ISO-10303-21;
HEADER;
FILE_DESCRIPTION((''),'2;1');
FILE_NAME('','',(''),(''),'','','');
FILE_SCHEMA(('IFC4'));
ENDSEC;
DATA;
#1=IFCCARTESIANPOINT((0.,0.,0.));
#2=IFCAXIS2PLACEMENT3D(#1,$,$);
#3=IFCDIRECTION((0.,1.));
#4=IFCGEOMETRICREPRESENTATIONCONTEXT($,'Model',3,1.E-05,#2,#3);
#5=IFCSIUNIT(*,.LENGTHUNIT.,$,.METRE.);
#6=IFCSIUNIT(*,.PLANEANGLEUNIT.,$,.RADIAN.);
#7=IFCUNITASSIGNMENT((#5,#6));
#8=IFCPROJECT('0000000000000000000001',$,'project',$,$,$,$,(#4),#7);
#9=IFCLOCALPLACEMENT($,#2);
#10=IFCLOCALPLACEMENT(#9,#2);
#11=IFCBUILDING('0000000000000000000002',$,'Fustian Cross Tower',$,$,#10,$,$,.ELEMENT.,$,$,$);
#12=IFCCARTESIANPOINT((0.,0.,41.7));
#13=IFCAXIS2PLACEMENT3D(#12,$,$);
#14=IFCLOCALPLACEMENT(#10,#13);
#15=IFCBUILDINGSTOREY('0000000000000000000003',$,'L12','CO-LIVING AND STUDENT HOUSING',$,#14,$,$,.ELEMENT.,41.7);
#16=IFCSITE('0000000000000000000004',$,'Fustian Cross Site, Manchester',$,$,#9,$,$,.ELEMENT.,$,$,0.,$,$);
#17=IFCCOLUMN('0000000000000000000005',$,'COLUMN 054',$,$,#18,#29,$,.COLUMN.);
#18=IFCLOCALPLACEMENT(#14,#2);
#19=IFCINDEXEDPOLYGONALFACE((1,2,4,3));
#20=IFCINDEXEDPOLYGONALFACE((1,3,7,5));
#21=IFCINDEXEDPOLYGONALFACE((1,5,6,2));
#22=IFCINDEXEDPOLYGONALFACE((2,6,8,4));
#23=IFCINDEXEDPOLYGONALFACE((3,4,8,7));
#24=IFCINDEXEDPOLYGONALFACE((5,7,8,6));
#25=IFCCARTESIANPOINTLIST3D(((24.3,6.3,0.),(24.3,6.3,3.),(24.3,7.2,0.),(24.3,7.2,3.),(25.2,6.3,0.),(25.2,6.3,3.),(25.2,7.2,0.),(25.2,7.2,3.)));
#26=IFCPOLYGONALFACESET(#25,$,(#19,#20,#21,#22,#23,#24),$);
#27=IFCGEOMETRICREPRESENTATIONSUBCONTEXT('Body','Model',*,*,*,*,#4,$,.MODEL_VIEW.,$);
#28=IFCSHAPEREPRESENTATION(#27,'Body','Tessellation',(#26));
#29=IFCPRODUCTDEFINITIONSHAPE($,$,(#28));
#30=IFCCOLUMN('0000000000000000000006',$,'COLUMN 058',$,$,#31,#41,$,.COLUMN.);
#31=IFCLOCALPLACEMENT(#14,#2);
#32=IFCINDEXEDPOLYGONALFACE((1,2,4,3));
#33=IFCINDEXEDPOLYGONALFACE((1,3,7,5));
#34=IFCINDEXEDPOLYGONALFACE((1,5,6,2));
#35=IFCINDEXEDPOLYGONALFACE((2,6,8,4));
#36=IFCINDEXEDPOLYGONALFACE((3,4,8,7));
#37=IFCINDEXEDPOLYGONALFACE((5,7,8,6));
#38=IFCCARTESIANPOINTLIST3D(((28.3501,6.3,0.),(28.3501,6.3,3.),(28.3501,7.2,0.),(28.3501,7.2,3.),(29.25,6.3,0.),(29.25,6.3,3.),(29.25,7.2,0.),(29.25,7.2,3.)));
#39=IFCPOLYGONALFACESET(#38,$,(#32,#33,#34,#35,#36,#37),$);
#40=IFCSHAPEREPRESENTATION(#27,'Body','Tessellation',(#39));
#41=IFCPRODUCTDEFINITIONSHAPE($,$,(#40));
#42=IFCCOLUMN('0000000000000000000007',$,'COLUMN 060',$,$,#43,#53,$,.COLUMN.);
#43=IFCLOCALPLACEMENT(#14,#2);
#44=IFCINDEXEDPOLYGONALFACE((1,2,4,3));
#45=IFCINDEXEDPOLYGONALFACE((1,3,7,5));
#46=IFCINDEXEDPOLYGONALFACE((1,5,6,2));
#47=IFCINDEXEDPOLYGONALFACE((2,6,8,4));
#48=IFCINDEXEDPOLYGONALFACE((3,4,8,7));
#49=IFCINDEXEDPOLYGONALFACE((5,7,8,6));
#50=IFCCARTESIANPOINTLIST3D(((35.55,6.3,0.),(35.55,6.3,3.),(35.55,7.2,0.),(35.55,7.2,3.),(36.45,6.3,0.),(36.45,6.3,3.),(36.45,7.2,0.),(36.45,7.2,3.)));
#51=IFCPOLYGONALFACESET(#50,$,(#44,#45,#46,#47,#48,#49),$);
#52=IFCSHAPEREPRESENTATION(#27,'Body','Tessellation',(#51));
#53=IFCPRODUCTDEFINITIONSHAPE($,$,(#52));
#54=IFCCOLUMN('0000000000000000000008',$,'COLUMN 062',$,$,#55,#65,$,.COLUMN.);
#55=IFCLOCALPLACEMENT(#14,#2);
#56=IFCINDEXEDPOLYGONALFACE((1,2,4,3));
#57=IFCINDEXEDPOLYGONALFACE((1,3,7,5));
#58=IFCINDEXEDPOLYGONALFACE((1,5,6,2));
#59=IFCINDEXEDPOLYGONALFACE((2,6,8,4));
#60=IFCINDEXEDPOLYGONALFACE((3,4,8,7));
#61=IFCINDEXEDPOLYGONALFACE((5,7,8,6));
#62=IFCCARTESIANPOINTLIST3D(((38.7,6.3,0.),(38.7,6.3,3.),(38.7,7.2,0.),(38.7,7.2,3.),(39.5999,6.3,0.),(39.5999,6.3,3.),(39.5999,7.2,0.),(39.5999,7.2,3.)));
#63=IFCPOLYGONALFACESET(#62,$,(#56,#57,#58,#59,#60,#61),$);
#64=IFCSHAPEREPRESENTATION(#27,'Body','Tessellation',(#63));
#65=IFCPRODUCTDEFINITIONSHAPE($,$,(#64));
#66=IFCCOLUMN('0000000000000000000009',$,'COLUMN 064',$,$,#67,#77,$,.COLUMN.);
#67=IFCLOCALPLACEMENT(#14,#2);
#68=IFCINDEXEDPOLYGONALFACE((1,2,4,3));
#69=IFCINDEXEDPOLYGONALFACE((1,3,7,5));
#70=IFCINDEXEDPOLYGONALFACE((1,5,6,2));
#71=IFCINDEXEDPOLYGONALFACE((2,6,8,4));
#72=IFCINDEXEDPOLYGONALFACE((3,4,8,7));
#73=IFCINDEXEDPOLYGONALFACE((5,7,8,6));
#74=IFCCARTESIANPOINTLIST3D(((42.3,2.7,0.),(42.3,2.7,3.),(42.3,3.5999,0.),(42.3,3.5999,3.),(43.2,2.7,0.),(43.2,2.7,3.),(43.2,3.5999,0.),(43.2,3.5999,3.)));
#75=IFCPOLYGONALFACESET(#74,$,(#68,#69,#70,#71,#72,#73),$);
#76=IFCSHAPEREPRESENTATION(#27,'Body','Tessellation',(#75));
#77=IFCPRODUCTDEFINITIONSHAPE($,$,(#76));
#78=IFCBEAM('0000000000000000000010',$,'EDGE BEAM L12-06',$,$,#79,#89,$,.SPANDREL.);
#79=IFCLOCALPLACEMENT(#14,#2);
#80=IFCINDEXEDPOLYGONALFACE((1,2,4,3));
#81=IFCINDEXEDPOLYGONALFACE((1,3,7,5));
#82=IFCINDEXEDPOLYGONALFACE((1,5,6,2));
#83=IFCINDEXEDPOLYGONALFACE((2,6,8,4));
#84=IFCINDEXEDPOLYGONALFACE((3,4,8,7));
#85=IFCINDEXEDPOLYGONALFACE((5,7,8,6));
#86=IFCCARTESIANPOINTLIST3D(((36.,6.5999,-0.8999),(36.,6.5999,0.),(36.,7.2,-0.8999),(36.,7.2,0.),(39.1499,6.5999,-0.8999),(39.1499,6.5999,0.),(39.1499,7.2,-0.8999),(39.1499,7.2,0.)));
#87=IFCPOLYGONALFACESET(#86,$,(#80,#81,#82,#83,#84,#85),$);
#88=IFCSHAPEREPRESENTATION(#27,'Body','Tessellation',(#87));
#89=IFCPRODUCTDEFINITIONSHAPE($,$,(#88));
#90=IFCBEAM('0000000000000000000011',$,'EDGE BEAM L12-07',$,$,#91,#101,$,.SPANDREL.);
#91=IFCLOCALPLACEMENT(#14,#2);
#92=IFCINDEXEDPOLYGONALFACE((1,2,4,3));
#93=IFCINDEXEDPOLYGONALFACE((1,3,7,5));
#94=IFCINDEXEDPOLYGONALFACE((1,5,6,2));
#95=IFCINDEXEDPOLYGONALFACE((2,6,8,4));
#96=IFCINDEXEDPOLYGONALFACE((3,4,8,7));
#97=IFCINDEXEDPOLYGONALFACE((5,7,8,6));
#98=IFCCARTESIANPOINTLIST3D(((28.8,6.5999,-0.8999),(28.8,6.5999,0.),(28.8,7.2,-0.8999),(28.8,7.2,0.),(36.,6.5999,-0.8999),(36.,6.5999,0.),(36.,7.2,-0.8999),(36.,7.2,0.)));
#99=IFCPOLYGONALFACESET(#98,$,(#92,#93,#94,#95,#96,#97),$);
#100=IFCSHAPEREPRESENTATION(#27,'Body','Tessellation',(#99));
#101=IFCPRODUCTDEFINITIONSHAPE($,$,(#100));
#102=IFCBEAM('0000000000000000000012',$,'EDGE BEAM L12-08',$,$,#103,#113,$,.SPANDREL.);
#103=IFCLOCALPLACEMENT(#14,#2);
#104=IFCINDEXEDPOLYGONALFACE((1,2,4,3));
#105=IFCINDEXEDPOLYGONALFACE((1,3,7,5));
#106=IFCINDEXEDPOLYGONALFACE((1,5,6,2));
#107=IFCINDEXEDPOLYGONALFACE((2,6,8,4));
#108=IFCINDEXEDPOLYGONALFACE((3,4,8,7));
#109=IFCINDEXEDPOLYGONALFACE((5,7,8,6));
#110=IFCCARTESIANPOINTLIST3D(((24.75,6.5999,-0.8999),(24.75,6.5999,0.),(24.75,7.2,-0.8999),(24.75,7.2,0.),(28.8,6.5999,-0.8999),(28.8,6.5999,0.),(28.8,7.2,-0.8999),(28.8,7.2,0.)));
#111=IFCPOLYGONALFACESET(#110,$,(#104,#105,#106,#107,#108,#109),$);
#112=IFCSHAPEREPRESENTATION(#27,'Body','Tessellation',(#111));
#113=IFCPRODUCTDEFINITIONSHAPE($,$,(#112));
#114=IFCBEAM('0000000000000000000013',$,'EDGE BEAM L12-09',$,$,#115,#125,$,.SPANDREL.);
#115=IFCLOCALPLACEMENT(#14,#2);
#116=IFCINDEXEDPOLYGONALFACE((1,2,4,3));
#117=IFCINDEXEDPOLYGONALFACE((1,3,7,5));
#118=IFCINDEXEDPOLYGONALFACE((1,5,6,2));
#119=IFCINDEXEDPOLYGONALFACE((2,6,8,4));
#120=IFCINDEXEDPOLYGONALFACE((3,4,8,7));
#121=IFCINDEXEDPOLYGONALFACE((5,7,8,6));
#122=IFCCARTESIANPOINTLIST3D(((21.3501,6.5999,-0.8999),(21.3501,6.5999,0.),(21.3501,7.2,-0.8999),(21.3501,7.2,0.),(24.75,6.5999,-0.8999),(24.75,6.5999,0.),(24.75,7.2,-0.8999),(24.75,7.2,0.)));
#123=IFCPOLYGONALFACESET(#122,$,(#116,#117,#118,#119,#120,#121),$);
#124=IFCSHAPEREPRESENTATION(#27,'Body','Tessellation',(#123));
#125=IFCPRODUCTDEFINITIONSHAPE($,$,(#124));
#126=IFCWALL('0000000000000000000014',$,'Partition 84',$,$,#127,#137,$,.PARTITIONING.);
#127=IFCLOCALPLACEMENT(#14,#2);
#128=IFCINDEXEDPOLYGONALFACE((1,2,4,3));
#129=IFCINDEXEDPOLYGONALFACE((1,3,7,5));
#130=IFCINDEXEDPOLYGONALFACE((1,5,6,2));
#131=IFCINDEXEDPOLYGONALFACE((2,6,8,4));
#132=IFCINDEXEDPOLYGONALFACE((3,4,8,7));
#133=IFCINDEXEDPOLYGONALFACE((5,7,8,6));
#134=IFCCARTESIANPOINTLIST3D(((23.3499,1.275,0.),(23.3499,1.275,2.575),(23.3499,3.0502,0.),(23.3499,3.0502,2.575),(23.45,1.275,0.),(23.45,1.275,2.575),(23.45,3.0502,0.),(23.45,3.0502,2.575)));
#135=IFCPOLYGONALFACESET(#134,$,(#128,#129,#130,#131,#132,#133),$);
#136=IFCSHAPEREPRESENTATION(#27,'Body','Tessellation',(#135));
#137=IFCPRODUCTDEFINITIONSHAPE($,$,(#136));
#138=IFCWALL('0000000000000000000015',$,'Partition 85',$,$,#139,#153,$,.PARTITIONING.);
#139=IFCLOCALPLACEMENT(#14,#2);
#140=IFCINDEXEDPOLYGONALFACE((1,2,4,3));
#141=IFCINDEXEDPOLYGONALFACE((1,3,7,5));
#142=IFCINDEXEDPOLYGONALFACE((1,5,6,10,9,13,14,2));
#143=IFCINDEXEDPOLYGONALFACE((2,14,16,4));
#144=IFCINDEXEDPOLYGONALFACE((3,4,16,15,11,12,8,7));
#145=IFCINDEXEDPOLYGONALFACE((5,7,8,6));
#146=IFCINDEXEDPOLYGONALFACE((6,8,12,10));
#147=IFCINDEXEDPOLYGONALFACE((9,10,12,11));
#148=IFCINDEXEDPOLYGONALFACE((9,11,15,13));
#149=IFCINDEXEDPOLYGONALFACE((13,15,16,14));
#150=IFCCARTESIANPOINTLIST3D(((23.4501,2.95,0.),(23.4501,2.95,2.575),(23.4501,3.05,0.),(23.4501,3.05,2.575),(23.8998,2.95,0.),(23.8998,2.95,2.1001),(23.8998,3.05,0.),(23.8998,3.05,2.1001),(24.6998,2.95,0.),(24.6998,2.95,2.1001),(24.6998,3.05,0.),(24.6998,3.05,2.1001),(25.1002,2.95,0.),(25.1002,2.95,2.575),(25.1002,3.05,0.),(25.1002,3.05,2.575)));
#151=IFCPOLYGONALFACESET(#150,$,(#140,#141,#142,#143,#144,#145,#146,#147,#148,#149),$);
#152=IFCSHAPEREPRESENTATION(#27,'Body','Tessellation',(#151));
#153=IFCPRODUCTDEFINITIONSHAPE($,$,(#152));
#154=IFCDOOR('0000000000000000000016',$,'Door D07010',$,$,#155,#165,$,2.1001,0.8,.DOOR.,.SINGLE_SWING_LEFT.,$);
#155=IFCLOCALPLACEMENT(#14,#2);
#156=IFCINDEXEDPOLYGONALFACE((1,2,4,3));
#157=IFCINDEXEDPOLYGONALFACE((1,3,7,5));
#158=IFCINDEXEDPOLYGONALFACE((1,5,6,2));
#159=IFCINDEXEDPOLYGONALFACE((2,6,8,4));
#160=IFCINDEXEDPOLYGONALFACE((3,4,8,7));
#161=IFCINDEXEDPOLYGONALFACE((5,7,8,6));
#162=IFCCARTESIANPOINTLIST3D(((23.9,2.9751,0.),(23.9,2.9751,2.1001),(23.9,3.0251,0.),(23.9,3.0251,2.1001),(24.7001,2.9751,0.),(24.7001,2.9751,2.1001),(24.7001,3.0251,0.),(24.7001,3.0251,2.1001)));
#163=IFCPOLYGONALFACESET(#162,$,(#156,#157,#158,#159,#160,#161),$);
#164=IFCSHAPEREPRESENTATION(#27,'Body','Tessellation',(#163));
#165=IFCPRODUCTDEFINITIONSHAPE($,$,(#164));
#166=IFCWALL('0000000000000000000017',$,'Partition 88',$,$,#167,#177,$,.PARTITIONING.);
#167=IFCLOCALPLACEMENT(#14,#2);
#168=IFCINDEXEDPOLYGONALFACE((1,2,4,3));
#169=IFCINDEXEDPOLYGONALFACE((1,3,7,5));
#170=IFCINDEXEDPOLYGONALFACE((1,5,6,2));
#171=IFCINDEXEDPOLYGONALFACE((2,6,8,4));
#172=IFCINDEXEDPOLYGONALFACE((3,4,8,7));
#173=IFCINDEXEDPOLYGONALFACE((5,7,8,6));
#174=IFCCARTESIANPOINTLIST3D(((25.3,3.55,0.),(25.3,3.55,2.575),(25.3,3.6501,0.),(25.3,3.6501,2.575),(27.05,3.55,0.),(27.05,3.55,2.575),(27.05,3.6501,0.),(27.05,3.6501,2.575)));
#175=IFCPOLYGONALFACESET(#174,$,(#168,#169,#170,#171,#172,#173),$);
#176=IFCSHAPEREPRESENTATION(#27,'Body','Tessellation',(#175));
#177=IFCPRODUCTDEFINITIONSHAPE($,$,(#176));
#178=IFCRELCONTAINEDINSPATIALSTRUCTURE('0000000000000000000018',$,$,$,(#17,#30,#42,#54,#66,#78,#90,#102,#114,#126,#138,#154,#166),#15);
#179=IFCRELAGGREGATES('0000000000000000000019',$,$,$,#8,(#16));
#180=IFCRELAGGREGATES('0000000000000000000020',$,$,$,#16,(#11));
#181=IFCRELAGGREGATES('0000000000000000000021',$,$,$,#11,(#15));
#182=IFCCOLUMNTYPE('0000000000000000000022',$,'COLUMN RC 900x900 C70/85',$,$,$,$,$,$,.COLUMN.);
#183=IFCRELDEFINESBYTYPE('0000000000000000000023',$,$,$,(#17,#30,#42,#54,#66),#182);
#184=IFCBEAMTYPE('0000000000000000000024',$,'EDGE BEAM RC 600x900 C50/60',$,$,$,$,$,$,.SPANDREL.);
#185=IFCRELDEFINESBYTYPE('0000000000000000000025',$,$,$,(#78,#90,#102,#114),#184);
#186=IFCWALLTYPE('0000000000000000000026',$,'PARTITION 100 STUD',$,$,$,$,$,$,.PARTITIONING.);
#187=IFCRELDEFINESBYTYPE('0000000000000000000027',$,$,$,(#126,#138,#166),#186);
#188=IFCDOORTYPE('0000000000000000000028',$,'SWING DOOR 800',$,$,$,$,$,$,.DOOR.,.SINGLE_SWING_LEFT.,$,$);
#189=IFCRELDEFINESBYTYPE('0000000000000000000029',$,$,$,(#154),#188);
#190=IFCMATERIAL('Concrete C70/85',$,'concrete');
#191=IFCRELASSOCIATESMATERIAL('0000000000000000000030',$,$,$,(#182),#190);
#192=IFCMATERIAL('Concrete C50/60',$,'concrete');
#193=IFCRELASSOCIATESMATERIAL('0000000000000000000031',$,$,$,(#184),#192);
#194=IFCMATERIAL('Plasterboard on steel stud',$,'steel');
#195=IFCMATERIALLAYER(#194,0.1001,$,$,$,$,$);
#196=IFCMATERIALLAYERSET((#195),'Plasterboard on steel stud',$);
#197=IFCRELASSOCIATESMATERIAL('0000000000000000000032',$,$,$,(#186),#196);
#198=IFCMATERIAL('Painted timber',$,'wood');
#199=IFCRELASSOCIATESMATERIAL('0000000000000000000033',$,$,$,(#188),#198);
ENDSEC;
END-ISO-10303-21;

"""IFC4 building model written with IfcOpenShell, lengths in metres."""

from ifc_helpers import new_model, si_unit, direction, frame, frame_2d, origin, origin_2d, place, context, subcontext, project, spatial, rectangle, extrude, material, layer, layer_set, material_profile, profile_set, type_object, element, fill, save


model = new_model("IFC4")

# Units and contexts
model_context = context("Model", 3, precision=1e-05, world=origin(), true_north=direction((0.0, 1.0)))
body_context = subcontext(model_context, "Body", "Model", "MODEL_VIEW")
ifc_project = project(units=[si_unit("LENGTHUNIT", "METRE"), si_unit("PLANEANGLEUNIT", "RADIAN")], contexts=[model_context])

# Site, building, storey
site_placement = place(None, origin())
site = spatial("IfcSite", under=ifc_project, at=site_placement, Name="Fustian Cross Site, Manchester", CompositionType="ELEMENT", RefElevation=0.0)
building_placement = place(site_placement, origin())
building = spatial("IfcBuilding", under=site, at=building_placement, Name="Fustian Cross Tower", CompositionType="ELEMENT")
storey_placement = place(building_placement, frame((0.0, 0.0, 41.7)))
storey = spatial("IfcBuildingStorey", under=building, at=storey_placement, Name="L12", Description="CO-LIVING AND STUDENT HOUSING", CompositionType="ELEMENT", Elevation=41.7)

# Columns
ifc_material_1 = material(Name="Concrete C70/85", Category="concrete")
ifc_material_profile_1 = material_profile(ifc_material_1, rectangle(XDim=0.8999, YDim=0.8999, at=origin_2d()), Name="RC 900x900")
ifc_profile_set_1 = profile_set([ifc_material_profile_1], Name="Concrete C70/85")
column_type = type_object("IfcColumnType", Name="COLUMN RC 900x900 C70/85", PredefinedType="COLUMN", material=ifc_profile_set_1)
for number, where, z_axis, x_axis, name in (
    (1, (24.75, 6.75, 0.0), (0.0, 0.0, 1.0), (1.0, 0.0, 0.0), "COLUMN 054"),
    (2, (28.8, 6.75, 0.0), (0.0, 0.0, 1.0), (1.0, 0.0, 0.0), "COLUMN 058"),
    (3, (36.0, 6.75, 0.0), (0.0, 0.0, 1.0), (1.0, 0.0, 0.0), "COLUMN 060"),
    (4, (39.1499, 6.75, 0.0), (0.0, 0.0, 1.0), (1.0, 0.0, 0.0), "COLUMN 062"),
    (5, (42.75, 3.1499, 0.0), (0.0, 0.0, 1.0), (1.0, 0.0, 0.0), "COLUMN 064"),
):
    element("IfcColumn", number, at=place(storey_placement, frame(where, z_axis=z_axis, x_axis=x_axis)), inside=storey, type_object=column_type, Name=name, PredefinedType="COLUMN", context=body_context, shape_type="SweptSolid", body=[
        extrude(rectangle(XDim=0.8999, YDim=0.8999, at=origin_2d()), origin(), (0.0, 0.0, 1.0), 3.0),
    ])

# Beams
ifc_material_2 = material(Name="Concrete C50/60", Category="concrete")
ifc_material_profile_2 = material_profile(ifc_material_2, rectangle(XDim=0.6001, YDim=0.8999, at=origin_2d()), Name="RC 600x900")
ifc_profile_set_2 = profile_set([ifc_material_profile_2], Name="Concrete C50/60")
beam_type = type_object("IfcBeamType", Name="EDGE BEAM RC 600x900 C50/60", PredefinedType="SPANDREL", material=ifc_profile_set_2)
beam_1_placement = place(storey_placement, frame((39.1499, 6.8999, -0.45), z_axis=(-1.0, 0.0, 0.0), x_axis=(0.0, -1.0, 0.0)))
element("IfcBeam", 6, at=beam_1_placement, inside=storey, type_object=beam_type, Name="EDGE BEAM L12-06", PredefinedType="SPANDREL", context=body_context, shape_type="SweptSolid", body=[
    extrude(rectangle(XDim=0.6001, YDim=0.8999, at=origin_2d()), origin(), (0.0, 0.0, 1.0), 3.1499),
])
beam_2_placement = place(storey_placement, frame((36.0, 6.8999, -0.45), z_axis=(-1.0, 0.0, 0.0), x_axis=(0.0, -1.0, 0.0)))
element("IfcBeam", 7, at=beam_2_placement, inside=storey, type_object=beam_type, Name="EDGE BEAM L12-07", PredefinedType="SPANDREL", context=body_context, shape_type="SweptSolid", body=[
    extrude(rectangle(XDim=0.6001, YDim=0.8999, at=origin_2d()), origin(), (0.0, 0.0, 1.0), 7.2),
])
beam_3_placement = place(storey_placement, frame((28.8, 6.8999, -0.45), z_axis=(-1.0, 0.0, 0.0), x_axis=(0.0, -1.0, 0.0)))
element("IfcBeam", 8, at=beam_3_placement, inside=storey, type_object=beam_type, Name="EDGE BEAM L12-08", PredefinedType="SPANDREL", context=body_context, shape_type="SweptSolid", body=[
    extrude(rectangle(XDim=0.6001, YDim=0.8999, at=origin_2d()), origin(), (0.0, 0.0, 1.0), 4.05),
])
beam_4_placement = place(storey_placement, frame((24.75, 6.8999, -0.45), z_axis=(-1.0, 0.0, 0.0), x_axis=(0.0, -1.0, 0.0)))
element("IfcBeam", 9, at=beam_4_placement, inside=storey, type_object=beam_type, Name="EDGE BEAM L12-09", PredefinedType="SPANDREL", context=body_context, shape_type="SweptSolid", body=[
    extrude(rectangle(XDim=0.6001, YDim=0.8999, at=origin_2d()), origin(), (0.0, 0.0, 1.0), 3.3999),
])

# Wall
ifc_material_3 = material(Name="Plasterboard on steel stud", Category="steel")
ifc_layer_1 = layer(ifc_material_3, 0.1001)
ifc_layer_set_1 = layer_set([ifc_layer_1], Name="Plasterboard on steel stud")
wall_type_1 = type_object("IfcWallType", Name="PARTITION 100 STUD", PredefinedType="PARTITIONING", material=ifc_layer_set_1)
wall_1_placement = place(storey_placement, frame((23.3999, 1.2749, 0.0), z_axis=(0.0, 0.0, 1.0), x_axis=(0.0, 1.0, 0.0)))
element("IfcWall", 10, at=wall_1_placement, inside=storey, type_object=wall_type_1, Name="Partition 84", PredefinedType="PARTITIONING", context=body_context, shape_type="SweptSolid", body=[
    extrude(rectangle(XDim=1.7751, YDim=0.1001, at=frame_2d((0.8877, 0.0))), origin(), (0.0, 0.0, 1.0), 2.575),
])

# Wall, opening, door
wall_2_placement = place(storey_placement, frame((23.45, 3.0, 0.0), z_axis=(0.0, 0.0, 1.0), x_axis=(1.0, 0.0, 0.0)))
wall_2 = element("IfcWall", 11, at=wall_2_placement, inside=storey, type_object=wall_type_1, Name="Partition 85", PredefinedType="PARTITIONING", context=body_context, shape_type="SweptSolid", body=[
    extrude(rectangle(XDim=1.6501, YDim=0.1001, at=frame_2d((0.8252, 0.0))), origin(), (0.0, 0.0, 1.0), 2.575),
])
opening_1_placement = place(wall_2_placement, frame((0.45, 0.0, 0.0)))
opening_1 = element("IfcOpeningElement", 12, at=opening_1_placement, cuts=wall_2, PredefinedType="OPENING", context=body_context, shape_type="SweptSolid", body=[
    extrude(rectangle(XDim=0.8, YDim=2.1001, at=frame_2d((0.3999, 1.05))), frame((0.0, 0.0601, 0.0), z_axis=(0.0, -1.0, 0.0), x_axis=(1.0, 0.0, 0.0)), (0.0, 0.0, 1.0), 0.1201),
])
ifc_material_4 = material(Name="Painted timber", Category="wood")
door_type = type_object("IfcDoorType", Name="SWING DOOR 800", OperationType="SINGLE_SWING_LEFT", PredefinedType="DOOR", material=ifc_material_4)
door_1_placement = place(opening_1_placement, frame((0.8, 0.0, 0.0), z_axis=(0.0, 0.0, 1.0), x_axis=(-1.0, 0.0, 0.0)))
door_1 = element("IfcDoor", 13, at=door_1_placement, inside=storey, type_object=door_type, Name="Door D07010", OperationType="SINGLE_SWING_LEFT", OverallHeight=2.1001, OverallWidth=0.8, PredefinedType="DOOR", context=body_context, shape_type="SweptSolid", body=[
    extrude(rectangle(XDim=0.8, YDim=2.1001, at=frame_2d((0.3999, 1.05))), frame((0.0, 0.0249, 0.0), z_axis=(0.0, -1.0, 0.0), x_axis=(1.0, 0.0, 0.0)), (0.0, 0.0, 1.0), 0.05),
])
fill(opening_1, door_1)

# Wall
wall_3_placement = place(storey_placement, frame((25.3, 3.6001, 0.0), z_axis=(0.0, 0.0, 1.0), x_axis=(1.0, 0.0, 0.0)))
element("IfcWall", 14, at=wall_3_placement, inside=storey, type_object=wall_type_1, Name="Partition 88", PredefinedType="PARTITIONING", context=body_context, shape_type="SweptSolid", body=[
    extrude(rectangle(XDim=1.75, YDim=0.1001, at=frame_2d((0.875, 0.0))), origin(), (0.0, 0.0, 1.0), 2.575),
])

save(model, "model.ifc")
